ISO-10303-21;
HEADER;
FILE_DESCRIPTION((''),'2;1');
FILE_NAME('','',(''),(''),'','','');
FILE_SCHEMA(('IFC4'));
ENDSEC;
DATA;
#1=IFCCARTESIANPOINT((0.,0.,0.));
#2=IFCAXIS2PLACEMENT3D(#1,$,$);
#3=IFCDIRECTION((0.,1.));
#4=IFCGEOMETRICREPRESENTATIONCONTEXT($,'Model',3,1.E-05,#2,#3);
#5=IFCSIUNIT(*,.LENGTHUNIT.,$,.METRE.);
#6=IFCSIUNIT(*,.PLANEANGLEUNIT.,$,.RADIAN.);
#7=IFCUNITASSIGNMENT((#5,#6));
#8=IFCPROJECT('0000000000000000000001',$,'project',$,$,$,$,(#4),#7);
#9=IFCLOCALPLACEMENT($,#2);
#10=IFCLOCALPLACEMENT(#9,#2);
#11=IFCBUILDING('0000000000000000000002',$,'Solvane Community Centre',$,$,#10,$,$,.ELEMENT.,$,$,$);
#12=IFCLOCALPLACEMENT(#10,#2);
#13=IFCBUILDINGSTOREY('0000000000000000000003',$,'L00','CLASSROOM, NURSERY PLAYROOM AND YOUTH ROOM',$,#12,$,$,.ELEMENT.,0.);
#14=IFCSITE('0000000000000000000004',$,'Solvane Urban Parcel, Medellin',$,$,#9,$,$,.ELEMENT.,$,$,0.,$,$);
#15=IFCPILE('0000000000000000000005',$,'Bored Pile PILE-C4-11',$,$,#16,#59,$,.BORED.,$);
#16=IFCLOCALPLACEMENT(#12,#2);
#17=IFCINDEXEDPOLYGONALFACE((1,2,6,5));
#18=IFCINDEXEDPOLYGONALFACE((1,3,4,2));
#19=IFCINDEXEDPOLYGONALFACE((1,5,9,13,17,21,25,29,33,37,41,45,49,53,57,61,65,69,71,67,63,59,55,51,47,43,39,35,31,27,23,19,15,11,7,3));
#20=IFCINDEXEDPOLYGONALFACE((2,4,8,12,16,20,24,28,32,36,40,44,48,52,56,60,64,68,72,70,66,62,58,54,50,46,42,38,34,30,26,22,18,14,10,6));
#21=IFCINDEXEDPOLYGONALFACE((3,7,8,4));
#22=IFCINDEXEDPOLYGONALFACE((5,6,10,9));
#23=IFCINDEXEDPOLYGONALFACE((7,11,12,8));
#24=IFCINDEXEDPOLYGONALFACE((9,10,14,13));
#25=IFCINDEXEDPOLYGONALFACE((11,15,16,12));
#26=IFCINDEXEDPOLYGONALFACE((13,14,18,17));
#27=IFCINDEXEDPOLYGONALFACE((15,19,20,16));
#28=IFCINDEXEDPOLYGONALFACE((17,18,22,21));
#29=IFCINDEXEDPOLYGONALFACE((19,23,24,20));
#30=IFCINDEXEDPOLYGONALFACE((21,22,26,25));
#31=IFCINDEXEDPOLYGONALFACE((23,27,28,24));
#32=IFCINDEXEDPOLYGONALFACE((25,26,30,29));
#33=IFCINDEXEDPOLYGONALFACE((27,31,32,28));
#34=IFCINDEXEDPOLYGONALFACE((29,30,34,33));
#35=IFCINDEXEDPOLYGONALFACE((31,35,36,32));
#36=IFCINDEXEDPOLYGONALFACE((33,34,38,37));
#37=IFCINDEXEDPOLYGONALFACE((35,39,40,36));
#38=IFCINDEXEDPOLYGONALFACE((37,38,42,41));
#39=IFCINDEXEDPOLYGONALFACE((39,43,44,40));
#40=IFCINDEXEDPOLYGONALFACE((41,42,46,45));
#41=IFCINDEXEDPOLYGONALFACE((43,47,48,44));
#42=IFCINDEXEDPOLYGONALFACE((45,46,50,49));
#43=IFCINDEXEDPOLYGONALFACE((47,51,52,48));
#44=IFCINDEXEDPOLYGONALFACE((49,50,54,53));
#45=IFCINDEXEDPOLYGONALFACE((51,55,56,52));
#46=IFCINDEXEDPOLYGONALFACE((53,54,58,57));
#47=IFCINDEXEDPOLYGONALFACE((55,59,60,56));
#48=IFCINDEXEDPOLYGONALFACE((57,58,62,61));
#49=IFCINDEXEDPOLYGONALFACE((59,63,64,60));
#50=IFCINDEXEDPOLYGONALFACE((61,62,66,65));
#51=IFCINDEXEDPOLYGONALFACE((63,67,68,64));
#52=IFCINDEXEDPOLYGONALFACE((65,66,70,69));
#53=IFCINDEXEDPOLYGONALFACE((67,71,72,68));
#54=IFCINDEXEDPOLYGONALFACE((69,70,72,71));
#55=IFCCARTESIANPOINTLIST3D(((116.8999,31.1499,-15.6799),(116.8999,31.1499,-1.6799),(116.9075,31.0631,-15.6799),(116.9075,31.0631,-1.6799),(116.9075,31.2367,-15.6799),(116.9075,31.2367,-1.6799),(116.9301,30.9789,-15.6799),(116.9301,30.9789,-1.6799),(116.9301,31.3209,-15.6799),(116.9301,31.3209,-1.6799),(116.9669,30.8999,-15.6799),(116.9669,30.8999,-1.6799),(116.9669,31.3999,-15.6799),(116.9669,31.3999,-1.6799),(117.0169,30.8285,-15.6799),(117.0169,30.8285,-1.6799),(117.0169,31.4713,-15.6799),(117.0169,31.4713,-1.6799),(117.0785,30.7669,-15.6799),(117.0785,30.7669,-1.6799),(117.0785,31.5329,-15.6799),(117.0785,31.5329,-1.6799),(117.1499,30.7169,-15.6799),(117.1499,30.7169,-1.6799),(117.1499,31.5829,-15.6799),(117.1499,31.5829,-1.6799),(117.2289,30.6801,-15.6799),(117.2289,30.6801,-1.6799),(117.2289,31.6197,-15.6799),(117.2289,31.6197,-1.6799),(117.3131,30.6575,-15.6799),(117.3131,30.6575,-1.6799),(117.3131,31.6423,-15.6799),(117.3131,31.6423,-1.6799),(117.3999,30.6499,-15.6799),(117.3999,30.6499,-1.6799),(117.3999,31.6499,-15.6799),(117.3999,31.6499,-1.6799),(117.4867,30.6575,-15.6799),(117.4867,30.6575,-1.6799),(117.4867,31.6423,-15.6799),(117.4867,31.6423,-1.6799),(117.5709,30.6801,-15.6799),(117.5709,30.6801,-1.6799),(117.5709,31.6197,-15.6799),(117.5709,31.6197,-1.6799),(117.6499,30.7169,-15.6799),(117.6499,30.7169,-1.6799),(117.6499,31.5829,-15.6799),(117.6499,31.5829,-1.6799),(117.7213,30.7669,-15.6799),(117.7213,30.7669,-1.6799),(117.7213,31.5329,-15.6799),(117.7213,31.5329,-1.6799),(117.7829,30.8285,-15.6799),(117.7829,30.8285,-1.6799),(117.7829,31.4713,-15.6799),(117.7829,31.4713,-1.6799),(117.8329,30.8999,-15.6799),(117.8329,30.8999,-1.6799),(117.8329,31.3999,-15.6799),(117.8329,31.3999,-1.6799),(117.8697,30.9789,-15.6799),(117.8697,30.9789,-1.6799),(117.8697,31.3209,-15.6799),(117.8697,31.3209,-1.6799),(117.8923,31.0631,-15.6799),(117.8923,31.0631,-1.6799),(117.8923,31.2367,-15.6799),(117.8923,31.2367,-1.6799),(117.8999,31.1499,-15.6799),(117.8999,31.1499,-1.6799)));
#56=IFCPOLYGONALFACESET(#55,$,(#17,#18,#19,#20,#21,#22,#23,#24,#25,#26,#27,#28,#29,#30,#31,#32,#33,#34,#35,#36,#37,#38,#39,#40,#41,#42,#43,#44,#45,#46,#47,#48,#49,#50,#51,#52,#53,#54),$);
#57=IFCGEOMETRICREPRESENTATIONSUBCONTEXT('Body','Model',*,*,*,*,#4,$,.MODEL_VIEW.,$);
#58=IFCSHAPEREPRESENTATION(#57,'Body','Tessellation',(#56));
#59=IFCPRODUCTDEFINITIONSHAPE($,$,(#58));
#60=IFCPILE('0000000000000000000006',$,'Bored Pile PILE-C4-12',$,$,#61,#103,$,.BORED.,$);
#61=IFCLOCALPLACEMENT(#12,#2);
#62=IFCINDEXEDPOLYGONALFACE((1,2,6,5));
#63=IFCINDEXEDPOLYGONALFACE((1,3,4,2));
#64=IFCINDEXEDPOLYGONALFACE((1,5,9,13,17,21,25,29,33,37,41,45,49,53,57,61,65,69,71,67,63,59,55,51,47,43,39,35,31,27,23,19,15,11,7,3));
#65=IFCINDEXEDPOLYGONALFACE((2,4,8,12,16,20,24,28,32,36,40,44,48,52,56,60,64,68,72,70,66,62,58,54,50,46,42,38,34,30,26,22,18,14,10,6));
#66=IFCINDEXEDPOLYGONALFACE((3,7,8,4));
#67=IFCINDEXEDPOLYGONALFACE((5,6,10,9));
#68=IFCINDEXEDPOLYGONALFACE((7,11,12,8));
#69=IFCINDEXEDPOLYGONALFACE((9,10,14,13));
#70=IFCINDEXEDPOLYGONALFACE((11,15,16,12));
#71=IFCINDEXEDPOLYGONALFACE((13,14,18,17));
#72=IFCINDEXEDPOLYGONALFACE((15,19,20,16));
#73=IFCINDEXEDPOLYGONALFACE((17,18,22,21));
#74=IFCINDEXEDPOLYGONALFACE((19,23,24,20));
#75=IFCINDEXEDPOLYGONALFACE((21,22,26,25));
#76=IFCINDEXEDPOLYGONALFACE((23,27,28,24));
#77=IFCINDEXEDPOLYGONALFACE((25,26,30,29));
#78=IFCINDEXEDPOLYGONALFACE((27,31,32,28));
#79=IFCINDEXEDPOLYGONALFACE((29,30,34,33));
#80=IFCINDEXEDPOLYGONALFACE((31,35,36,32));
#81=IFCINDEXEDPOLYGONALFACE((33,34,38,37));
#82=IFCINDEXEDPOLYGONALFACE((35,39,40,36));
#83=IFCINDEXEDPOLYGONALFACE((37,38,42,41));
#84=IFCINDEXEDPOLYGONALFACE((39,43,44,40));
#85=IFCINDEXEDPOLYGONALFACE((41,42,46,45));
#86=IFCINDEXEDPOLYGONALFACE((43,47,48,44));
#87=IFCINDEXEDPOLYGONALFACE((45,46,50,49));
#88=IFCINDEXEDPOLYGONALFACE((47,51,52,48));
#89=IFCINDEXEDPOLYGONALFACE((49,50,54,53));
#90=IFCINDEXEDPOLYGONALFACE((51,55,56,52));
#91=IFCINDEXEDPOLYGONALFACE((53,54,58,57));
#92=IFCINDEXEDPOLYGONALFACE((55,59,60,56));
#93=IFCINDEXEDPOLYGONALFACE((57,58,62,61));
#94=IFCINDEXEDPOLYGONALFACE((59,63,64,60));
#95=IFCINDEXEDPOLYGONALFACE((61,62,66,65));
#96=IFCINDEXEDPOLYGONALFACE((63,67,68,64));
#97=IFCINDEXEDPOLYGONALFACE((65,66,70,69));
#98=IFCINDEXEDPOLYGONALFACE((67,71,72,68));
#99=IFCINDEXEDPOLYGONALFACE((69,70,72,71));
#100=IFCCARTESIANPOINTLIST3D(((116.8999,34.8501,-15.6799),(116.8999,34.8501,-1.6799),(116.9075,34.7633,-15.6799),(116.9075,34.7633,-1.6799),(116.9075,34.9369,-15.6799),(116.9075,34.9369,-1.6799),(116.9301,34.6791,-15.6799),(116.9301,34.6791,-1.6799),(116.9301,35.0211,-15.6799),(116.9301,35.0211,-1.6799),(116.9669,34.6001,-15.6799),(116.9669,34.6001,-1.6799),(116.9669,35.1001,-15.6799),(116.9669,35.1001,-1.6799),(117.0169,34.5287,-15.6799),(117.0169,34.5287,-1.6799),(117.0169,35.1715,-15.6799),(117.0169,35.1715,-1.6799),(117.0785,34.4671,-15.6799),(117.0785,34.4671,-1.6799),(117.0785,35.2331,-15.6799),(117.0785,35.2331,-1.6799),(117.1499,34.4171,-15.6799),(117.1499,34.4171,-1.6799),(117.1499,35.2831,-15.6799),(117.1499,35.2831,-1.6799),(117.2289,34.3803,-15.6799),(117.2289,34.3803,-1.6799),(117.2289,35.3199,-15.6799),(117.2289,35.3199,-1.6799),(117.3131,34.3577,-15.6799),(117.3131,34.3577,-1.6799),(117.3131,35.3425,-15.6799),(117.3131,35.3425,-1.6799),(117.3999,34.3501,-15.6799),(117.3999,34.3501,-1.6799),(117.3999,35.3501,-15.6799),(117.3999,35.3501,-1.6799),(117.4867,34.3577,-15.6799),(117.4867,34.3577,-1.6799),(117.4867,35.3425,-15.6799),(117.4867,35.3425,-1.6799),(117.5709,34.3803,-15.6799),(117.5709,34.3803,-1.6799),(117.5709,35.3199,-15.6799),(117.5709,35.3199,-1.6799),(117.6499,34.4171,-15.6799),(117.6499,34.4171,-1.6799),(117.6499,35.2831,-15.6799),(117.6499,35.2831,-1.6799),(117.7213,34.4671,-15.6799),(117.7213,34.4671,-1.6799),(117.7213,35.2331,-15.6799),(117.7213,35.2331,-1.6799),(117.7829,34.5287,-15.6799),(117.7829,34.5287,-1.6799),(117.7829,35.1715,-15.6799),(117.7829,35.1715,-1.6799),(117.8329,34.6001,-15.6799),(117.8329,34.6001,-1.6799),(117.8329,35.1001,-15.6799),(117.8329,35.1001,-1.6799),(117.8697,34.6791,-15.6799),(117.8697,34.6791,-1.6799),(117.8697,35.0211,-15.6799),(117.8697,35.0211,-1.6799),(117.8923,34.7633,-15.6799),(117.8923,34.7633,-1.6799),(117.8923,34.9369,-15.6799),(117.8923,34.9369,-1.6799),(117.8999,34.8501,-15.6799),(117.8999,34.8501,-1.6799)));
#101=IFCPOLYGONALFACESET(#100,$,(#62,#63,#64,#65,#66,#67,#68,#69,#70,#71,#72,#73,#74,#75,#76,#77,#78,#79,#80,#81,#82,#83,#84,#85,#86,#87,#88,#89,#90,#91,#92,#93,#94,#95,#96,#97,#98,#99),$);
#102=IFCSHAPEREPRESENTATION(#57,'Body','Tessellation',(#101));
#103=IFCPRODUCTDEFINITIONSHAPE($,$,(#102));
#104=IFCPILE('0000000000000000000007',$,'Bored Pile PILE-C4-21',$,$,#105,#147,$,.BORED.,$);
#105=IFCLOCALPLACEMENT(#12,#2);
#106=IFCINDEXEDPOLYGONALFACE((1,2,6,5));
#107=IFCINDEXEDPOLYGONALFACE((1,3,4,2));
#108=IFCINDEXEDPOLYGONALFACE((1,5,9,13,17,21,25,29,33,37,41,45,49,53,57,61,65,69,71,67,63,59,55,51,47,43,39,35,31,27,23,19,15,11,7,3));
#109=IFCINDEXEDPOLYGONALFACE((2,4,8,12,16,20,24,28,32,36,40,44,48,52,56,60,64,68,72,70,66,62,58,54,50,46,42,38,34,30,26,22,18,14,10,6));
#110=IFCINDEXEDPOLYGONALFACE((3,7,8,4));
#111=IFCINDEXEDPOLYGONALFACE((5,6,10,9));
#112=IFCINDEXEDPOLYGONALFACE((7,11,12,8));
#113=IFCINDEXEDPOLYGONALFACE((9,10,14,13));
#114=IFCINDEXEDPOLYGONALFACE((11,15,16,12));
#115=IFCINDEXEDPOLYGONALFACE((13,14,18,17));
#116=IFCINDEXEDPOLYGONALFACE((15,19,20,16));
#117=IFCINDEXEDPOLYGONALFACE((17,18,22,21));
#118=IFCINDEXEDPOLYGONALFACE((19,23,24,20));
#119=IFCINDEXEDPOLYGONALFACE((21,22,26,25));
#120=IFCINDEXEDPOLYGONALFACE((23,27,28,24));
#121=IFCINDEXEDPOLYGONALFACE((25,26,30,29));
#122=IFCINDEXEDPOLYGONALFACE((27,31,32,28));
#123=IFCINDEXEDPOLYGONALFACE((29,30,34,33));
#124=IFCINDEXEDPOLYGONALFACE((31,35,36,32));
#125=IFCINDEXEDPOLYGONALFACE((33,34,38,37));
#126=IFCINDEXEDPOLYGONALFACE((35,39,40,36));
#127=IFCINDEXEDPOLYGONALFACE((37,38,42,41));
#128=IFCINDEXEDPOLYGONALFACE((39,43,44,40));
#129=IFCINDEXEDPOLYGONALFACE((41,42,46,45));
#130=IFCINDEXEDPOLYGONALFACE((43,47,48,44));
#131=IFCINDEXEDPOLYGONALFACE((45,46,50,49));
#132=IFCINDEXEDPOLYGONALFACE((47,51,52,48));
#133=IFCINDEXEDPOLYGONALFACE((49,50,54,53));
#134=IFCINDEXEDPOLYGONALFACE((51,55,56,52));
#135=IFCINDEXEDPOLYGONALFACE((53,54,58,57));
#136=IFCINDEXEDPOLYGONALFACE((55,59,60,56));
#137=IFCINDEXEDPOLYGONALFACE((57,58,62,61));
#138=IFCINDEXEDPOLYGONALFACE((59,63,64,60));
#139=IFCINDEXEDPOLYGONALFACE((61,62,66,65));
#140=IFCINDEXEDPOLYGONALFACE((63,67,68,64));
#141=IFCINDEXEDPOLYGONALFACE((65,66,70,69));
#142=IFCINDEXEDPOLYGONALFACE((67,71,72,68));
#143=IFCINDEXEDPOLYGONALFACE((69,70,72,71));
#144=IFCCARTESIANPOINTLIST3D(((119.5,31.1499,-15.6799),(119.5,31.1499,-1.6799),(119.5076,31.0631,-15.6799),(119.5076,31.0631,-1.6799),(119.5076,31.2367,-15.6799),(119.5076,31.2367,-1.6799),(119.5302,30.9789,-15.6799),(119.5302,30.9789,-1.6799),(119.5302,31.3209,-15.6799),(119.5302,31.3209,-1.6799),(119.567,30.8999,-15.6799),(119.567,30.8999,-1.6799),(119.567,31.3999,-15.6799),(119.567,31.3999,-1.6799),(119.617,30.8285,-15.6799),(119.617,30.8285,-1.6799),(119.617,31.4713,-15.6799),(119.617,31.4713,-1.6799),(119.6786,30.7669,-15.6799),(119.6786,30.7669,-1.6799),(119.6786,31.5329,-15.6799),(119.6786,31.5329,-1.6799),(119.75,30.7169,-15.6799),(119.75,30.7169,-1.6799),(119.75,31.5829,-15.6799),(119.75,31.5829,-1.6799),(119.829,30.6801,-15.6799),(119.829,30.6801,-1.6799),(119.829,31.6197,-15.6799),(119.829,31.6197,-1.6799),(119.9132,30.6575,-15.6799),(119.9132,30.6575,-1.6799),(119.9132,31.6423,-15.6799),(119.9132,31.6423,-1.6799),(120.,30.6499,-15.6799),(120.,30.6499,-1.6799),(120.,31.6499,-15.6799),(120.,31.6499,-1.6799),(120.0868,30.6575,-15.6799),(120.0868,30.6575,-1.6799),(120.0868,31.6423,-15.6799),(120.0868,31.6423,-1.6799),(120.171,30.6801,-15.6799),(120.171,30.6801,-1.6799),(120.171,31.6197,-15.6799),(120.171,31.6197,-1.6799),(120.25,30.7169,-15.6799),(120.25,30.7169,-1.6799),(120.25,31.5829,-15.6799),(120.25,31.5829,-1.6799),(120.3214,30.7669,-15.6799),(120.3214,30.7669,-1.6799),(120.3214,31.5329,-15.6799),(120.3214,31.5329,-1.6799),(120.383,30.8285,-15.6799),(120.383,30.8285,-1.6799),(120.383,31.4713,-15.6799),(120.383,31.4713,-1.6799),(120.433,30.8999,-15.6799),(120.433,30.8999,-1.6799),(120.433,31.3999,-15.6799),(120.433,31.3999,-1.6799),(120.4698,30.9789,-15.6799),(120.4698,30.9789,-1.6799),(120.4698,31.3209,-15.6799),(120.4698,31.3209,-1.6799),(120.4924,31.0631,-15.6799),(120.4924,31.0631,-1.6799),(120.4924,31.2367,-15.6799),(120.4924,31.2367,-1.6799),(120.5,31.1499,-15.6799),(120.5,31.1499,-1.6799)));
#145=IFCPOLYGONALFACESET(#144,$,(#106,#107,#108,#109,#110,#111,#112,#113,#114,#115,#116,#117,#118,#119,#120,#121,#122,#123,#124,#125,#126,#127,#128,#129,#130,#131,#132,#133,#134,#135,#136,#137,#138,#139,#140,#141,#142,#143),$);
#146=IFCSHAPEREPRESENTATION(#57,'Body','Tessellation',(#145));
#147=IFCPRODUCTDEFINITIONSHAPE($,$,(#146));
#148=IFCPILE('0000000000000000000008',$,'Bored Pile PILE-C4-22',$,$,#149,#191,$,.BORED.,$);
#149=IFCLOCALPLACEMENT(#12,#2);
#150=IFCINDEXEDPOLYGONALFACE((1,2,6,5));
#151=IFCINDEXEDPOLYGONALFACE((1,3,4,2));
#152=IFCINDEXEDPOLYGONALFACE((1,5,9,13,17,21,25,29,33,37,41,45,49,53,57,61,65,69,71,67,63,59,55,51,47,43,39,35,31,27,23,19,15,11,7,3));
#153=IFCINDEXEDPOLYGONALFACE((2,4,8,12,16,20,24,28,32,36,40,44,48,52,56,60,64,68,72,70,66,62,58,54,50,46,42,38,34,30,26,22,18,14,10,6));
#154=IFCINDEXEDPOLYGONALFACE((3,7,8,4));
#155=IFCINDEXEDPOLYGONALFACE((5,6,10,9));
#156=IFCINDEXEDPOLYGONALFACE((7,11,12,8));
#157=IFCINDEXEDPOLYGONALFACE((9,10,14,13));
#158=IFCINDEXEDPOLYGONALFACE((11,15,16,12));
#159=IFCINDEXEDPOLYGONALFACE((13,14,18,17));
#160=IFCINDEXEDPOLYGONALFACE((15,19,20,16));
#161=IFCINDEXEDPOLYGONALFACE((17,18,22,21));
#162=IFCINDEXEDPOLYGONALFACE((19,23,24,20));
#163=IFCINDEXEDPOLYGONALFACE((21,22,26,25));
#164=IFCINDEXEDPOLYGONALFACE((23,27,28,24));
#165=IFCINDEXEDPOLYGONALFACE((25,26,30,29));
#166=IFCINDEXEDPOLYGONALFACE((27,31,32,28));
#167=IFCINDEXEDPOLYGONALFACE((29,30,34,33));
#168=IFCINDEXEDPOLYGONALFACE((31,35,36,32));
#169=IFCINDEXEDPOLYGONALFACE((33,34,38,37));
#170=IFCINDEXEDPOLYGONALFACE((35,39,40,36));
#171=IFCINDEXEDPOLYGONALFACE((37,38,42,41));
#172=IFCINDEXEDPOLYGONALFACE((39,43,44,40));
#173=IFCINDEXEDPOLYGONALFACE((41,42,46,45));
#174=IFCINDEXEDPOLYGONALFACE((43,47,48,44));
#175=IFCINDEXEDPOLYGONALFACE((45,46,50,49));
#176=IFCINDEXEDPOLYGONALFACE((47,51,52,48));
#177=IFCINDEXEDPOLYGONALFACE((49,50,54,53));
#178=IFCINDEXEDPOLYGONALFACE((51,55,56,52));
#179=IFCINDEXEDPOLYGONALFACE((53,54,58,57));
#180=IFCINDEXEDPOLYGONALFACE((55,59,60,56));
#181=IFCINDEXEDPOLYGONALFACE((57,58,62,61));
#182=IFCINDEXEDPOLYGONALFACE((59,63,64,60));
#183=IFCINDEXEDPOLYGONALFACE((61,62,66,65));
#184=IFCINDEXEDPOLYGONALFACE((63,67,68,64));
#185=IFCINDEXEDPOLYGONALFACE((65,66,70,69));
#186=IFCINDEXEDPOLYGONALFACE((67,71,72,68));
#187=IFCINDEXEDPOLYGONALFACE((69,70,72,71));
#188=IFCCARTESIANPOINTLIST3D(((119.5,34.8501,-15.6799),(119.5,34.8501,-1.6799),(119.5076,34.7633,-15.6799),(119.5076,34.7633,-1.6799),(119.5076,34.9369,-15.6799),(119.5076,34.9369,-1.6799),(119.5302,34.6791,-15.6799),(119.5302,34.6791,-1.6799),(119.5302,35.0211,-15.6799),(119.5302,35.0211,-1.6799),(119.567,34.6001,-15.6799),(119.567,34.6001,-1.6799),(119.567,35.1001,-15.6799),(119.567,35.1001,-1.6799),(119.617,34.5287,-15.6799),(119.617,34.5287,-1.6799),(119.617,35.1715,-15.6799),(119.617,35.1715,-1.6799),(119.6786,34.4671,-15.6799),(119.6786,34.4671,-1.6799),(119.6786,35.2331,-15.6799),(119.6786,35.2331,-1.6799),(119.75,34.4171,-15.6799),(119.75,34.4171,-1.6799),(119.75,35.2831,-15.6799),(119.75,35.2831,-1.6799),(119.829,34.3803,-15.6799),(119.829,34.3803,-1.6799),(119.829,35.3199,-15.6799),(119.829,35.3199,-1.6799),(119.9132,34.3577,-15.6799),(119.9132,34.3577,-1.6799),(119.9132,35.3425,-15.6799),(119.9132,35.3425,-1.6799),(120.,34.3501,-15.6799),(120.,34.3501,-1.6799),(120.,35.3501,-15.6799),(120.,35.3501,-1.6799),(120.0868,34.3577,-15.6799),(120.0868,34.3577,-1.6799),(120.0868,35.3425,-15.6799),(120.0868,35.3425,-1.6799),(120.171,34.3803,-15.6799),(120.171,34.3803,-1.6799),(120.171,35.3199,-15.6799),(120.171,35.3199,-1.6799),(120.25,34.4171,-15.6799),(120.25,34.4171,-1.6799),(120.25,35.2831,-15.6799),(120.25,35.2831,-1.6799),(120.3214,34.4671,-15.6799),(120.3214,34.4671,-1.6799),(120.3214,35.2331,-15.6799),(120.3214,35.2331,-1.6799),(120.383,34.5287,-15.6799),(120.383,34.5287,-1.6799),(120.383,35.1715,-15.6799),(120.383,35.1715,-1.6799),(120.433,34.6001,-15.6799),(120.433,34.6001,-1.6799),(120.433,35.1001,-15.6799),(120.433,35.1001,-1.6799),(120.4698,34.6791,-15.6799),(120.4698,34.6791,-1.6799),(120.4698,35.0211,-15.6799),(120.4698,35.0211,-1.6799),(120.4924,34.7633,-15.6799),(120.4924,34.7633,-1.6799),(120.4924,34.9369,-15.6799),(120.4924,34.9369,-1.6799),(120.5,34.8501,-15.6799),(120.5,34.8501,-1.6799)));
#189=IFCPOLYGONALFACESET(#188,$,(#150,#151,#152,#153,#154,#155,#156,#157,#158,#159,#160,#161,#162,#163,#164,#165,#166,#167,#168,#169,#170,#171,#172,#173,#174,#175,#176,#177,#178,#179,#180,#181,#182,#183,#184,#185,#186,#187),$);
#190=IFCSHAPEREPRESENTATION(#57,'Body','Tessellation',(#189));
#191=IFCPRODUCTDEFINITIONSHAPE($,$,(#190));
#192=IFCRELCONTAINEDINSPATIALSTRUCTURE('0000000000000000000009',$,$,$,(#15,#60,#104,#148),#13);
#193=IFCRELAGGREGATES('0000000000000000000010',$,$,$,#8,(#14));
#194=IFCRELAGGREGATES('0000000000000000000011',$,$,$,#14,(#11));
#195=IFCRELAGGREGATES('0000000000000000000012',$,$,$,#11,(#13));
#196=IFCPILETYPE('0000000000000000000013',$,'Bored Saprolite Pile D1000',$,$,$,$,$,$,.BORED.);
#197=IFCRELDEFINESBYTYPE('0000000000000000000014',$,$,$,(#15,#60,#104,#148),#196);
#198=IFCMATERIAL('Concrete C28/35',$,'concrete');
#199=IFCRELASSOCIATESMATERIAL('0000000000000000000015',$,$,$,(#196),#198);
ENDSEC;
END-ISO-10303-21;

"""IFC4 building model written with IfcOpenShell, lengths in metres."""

from ifc_helpers import new_model, si_unit, direction, frame, origin, origin_2d, place, context, subcontext, project, spatial, circle, extrude, material, material_profile, profile_set, type_object, element, save


model = new_model("IFC4")

# Units and contexts
model_context = context("Model", 3, precision=1e-05, world=origin(), true_north=direction((0.0, 1.0)))
body_context = subcontext(model_context, "Body", "Model", "MODEL_VIEW")
ifc_project = project(units=[si_unit("LENGTHUNIT", "METRE"), si_unit("PLANEANGLEUNIT", "RADIAN")], contexts=[model_context])

# Site, building, storey
site_placement = place(None, origin())
site = spatial("IfcSite", under=ifc_project, at=site_placement, Name="Solvane Urban Parcel, Medellin", CompositionType="ELEMENT", RefElevation=0.0)
building_placement = place(site_placement, origin())
building = spatial("IfcBuilding", under=site, at=building_placement, Name="Solvane Community Centre", CompositionType="ELEMENT")
storey_placement = place(building_placement, origin())
storey = spatial("IfcBuildingStorey", under=building, at=storey_placement, Name="L00", Description="CLASSROOM, NURSERY PLAYROOM AND YOUTH ROOM", CompositionType="ELEMENT", Elevation=0.0)

# Piles
ifc_material_1 = material(Name="Concrete C28/35", Category="concrete")
ifc_material_profile_1 = material_profile(ifc_material_1, circle(Radius=0.5, at=origin_2d()), Name="PILE D1000")
ifc_profile_set_1 = profile_set([ifc_material_profile_1], Name="Concrete C28/35")
pile_type_1 = type_object("IfcPileType", Name="Bored Saprolite Pile D1000", PredefinedType="BORED", material=ifc_profile_set_1)
for number, where, z_axis, x_axis, name in (
    (1, (117.3999, 31.1499, -1.6799), (0.0, 0.0, -1.0), (1.0, 0.0, 0.0), "Bored Pile PILE-C4-11"),
    (2, (117.3999, 34.8501, -1.6799), (0.0, 0.0, -1.0), (1.0, 0.0, 0.0), "Bored Pile PILE-C4-12"),
    (3, (120.0, 31.1499, -1.6799), (0.0, 0.0, -1.0), (1.0, 0.0, 0.0), "Bored Pile PILE-C4-21"),
    (4, (120.0, 34.8501, -1.6799), (0.0, 0.0, -1.0), (1.0, 0.0, 0.0), "Bored Pile PILE-C4-22"),
):
    element("IfcPile", number, at=place(storey_placement, frame(where, z_axis=z_axis, x_axis=x_axis)), inside=storey, type_object=pile_type_1, Name=name, PredefinedType="BORED", context=body_context, shape_type="SweptSolid", body=[
        extrude(circle(Radius=0.5, at=origin_2d()), origin(), (0.0, 0.0, 1.0), 14.0),
    ])

save(model, "model.ifc")
